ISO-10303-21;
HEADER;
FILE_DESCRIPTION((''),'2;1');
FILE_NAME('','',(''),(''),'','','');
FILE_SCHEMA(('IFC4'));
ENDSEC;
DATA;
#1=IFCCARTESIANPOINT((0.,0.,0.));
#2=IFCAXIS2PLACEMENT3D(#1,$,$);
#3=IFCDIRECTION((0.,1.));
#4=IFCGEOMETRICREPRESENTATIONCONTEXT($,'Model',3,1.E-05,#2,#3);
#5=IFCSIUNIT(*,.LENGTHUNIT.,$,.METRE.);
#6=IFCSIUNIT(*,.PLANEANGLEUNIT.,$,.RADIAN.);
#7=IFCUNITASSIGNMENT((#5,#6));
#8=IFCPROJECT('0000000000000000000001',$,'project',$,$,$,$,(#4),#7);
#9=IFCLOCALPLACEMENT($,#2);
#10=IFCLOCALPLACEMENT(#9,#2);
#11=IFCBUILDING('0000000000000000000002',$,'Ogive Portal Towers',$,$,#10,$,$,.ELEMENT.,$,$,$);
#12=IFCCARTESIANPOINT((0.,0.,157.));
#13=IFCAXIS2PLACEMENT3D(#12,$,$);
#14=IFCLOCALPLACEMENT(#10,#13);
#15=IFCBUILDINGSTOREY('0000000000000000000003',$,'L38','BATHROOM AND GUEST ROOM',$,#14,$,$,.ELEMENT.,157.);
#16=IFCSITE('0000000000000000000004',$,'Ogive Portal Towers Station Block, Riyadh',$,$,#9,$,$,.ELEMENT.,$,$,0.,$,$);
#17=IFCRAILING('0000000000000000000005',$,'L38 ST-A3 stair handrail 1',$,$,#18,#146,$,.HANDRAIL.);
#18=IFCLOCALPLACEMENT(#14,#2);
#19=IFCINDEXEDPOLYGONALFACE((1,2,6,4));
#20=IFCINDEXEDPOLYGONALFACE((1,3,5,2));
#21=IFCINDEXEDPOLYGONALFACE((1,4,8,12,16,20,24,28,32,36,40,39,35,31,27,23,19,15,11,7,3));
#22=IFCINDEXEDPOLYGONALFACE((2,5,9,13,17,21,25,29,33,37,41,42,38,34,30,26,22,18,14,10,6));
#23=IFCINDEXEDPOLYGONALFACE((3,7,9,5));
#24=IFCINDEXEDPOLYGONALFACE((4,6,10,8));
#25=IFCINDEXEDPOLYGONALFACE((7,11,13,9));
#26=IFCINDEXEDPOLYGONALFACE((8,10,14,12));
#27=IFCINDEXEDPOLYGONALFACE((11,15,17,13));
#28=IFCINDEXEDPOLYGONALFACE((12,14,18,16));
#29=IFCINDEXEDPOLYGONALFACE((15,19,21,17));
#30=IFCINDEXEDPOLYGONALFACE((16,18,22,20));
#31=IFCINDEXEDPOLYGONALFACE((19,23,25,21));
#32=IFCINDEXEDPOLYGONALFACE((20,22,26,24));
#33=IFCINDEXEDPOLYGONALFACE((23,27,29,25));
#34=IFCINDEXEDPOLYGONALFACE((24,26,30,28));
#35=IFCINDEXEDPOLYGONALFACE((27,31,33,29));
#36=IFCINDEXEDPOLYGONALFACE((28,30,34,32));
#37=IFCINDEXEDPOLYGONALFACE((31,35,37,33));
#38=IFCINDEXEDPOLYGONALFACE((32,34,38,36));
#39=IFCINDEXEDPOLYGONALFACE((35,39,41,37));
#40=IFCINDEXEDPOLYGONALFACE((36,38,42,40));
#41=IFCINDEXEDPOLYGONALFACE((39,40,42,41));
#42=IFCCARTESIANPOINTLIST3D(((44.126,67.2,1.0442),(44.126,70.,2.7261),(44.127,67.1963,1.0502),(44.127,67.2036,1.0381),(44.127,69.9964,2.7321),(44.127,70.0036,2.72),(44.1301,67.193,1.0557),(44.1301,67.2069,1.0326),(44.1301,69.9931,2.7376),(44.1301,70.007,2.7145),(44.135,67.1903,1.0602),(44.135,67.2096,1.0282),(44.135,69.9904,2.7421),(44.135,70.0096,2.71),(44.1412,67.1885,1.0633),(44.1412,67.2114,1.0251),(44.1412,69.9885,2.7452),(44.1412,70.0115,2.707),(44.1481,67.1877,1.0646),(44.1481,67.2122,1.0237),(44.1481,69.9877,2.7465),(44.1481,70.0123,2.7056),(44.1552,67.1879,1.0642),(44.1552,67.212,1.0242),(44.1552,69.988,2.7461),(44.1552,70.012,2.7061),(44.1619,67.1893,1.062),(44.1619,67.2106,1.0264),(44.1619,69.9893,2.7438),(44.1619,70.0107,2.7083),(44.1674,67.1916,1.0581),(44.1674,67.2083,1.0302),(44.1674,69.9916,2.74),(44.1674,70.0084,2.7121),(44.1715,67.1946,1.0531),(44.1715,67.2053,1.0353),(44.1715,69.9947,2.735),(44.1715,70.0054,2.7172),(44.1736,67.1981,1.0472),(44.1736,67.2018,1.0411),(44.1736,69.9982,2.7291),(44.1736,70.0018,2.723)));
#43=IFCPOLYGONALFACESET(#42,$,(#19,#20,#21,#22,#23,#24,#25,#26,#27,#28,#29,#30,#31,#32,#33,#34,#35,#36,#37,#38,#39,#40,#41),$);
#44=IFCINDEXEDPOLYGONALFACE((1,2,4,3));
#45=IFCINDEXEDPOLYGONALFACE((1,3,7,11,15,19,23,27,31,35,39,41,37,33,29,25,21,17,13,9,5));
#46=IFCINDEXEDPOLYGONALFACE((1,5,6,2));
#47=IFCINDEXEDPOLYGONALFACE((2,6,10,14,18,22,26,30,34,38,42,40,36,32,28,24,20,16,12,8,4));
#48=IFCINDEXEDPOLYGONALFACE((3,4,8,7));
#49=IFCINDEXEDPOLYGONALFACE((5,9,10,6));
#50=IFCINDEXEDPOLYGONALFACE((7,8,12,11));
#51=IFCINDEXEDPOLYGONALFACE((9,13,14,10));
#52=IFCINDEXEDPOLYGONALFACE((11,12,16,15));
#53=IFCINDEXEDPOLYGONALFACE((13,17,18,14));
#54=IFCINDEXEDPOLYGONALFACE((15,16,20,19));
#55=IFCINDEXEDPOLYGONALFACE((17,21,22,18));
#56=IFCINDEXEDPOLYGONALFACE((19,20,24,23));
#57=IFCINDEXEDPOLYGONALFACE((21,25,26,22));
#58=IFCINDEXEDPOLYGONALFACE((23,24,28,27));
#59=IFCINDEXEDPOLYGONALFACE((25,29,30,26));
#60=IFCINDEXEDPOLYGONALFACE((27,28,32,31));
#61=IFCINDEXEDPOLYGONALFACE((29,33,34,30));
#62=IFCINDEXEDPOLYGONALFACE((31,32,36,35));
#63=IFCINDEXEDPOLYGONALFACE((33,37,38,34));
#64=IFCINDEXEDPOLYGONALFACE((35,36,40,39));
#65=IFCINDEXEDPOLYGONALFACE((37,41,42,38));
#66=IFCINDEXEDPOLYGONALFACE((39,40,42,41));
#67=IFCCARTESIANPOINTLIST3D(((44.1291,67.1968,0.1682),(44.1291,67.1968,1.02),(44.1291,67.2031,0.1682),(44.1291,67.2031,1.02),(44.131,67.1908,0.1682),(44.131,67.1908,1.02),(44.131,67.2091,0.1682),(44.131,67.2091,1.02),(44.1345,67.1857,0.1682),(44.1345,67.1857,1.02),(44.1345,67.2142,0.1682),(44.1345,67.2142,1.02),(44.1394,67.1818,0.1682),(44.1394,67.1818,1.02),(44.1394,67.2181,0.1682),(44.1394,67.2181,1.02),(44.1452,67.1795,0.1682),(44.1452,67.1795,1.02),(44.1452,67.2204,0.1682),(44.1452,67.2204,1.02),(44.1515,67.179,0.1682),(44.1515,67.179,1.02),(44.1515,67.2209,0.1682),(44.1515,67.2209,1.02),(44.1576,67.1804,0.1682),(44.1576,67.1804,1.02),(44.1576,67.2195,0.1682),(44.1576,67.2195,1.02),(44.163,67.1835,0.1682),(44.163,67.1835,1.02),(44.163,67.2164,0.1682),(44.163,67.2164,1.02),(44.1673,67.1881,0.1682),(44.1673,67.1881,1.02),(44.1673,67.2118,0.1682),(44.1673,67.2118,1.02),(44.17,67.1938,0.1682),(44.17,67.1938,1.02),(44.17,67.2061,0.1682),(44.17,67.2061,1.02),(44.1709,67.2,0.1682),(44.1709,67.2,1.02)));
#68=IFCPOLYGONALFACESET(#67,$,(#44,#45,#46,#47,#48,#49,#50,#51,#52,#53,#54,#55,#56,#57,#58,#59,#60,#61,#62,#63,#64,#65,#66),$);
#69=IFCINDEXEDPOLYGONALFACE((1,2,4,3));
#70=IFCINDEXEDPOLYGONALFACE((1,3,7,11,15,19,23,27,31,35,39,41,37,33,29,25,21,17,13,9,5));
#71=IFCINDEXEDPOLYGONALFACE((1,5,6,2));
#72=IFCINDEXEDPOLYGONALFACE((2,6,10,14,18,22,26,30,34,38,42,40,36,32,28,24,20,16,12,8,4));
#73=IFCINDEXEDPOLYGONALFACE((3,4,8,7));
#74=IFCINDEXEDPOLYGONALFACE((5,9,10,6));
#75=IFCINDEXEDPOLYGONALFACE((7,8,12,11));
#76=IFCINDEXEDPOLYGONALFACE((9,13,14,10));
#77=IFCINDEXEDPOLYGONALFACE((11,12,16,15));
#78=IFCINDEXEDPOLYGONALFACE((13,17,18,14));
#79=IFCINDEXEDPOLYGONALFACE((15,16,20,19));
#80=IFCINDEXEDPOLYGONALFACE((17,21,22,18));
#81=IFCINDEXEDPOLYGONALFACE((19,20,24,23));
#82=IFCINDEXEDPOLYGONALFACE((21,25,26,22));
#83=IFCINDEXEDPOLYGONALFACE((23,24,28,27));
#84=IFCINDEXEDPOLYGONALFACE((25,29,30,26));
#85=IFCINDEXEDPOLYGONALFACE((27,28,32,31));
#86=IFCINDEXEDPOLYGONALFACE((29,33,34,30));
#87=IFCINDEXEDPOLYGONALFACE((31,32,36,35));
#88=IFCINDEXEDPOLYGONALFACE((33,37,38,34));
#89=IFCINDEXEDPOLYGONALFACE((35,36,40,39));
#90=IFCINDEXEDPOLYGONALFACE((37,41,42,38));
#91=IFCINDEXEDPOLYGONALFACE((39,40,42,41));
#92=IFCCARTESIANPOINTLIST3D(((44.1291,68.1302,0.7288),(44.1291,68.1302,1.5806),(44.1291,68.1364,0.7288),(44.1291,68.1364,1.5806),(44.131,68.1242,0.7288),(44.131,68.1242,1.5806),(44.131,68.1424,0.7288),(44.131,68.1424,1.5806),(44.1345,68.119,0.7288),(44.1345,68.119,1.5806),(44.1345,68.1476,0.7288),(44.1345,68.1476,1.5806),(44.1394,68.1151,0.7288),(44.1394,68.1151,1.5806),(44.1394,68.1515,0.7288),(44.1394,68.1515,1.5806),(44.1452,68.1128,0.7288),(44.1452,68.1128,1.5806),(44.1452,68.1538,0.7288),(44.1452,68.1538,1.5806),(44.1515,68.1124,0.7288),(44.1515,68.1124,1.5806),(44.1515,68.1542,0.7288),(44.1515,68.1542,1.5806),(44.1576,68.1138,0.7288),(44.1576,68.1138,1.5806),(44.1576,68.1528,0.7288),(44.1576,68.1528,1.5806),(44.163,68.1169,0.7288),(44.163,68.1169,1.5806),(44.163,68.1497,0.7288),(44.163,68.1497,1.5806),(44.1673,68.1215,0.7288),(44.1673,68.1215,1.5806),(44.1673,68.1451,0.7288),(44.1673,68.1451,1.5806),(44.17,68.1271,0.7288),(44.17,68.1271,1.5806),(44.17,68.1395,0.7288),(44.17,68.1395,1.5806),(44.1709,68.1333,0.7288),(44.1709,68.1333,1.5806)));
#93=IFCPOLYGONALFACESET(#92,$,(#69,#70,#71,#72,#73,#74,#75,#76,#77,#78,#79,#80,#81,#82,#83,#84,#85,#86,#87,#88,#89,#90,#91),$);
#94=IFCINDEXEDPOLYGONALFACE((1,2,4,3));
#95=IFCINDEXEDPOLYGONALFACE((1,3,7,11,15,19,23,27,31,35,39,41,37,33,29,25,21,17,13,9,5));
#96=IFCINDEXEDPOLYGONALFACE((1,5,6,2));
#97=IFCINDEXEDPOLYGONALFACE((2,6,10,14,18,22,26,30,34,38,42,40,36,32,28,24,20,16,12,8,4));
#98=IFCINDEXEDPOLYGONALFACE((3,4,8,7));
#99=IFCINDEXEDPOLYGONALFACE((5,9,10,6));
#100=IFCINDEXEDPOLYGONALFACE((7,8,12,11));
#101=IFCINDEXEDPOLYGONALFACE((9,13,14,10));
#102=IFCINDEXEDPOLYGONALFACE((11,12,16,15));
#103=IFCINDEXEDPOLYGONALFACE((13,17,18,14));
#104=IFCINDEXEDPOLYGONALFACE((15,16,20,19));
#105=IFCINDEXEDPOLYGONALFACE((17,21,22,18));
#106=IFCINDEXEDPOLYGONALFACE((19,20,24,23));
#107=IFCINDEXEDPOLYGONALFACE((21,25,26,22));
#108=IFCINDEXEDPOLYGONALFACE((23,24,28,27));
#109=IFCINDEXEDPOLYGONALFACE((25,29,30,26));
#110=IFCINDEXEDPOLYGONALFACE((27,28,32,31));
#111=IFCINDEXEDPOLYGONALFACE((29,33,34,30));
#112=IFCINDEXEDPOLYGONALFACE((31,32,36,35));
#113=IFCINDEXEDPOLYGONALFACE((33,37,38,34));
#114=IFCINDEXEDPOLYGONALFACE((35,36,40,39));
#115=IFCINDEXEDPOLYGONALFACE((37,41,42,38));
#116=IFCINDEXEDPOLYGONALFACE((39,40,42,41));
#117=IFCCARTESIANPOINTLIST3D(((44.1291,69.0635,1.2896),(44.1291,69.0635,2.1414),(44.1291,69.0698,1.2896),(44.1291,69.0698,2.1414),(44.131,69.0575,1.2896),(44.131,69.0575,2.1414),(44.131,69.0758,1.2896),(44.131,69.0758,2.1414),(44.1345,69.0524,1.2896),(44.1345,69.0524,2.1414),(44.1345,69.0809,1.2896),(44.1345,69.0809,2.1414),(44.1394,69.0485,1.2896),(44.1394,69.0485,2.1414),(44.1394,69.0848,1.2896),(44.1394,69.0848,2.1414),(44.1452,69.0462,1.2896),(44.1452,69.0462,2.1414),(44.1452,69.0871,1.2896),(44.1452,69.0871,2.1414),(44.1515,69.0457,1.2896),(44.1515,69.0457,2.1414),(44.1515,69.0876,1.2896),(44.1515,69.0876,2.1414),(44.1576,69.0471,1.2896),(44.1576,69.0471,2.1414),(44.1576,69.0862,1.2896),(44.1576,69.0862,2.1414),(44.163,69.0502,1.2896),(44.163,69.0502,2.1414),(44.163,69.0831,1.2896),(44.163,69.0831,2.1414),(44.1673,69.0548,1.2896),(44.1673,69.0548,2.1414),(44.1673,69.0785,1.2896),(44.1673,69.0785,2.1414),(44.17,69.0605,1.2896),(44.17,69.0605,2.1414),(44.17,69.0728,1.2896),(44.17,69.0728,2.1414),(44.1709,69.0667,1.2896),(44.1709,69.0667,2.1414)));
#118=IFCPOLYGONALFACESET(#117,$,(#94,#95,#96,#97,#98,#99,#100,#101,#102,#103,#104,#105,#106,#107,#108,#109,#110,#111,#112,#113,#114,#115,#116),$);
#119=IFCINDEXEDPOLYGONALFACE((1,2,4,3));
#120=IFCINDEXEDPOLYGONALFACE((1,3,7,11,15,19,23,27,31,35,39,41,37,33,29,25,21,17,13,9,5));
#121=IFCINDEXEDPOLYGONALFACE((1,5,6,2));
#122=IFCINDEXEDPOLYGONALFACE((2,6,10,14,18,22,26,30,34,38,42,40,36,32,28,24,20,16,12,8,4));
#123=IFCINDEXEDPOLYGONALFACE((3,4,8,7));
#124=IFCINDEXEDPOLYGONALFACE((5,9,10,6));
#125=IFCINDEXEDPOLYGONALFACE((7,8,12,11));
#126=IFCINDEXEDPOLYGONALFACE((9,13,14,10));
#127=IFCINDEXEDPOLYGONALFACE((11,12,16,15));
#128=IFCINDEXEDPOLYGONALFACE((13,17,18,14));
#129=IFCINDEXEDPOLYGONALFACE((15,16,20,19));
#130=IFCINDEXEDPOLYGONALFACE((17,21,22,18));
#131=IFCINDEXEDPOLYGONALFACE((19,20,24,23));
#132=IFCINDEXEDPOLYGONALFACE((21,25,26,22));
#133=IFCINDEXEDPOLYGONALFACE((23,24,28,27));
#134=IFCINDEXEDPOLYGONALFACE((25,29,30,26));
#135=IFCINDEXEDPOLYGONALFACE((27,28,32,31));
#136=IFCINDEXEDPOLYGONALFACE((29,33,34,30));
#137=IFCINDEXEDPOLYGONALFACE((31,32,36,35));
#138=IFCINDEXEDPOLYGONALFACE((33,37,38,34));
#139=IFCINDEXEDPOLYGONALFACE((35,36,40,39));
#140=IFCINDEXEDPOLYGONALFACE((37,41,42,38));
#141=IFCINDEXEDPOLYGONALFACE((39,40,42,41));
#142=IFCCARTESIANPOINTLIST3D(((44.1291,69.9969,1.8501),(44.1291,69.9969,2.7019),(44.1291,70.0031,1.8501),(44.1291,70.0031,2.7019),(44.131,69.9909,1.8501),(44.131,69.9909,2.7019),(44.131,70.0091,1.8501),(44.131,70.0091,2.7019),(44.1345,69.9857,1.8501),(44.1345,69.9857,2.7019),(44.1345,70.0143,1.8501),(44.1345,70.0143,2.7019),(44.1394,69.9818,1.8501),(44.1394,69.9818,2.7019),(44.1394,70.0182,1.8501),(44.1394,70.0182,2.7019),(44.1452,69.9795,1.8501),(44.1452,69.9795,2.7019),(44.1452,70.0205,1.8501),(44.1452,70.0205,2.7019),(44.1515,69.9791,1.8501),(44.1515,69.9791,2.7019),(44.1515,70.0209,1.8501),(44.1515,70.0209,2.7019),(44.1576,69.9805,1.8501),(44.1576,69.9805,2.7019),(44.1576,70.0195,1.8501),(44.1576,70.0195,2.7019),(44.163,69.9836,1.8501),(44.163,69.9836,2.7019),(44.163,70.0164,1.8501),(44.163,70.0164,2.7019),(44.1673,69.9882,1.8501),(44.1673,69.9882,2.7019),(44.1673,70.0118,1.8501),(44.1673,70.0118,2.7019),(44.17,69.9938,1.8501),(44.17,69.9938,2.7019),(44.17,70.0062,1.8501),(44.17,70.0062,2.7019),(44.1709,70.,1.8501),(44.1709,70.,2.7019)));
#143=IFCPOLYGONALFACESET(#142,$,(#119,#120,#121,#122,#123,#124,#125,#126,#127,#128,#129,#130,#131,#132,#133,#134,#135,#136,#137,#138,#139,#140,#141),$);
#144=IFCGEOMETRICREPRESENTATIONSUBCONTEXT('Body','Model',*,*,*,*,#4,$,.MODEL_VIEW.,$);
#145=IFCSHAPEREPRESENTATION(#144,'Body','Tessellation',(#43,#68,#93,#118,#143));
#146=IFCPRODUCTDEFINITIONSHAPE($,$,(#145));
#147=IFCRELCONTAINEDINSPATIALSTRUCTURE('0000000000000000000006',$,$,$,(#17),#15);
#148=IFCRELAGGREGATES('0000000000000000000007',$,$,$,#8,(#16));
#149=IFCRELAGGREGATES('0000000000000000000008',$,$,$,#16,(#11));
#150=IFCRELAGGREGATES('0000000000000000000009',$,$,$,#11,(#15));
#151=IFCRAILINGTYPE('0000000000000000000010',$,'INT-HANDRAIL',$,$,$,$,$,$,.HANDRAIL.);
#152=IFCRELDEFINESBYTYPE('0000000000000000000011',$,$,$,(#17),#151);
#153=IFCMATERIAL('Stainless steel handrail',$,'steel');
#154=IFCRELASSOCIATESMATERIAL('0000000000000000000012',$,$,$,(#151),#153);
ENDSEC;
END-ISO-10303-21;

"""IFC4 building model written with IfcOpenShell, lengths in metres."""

from ifc_helpers import new_model, si_unit, direction, frame, origin, origin_2d, place, context, subcontext, project, spatial, circle, extrude, material, type_object, element, save


model = new_model("IFC4")

# Units and contexts
model_context = context("Model", 3, precision=1e-05, world=origin(), true_north=direction((0.0, 1.0)))
body_context = subcontext(model_context, "Body", "Model", "MODEL_VIEW")
ifc_project = project(units=[si_unit("LENGTHUNIT", "METRE"), si_unit("PLANEANGLEUNIT", "RADIAN")], contexts=[model_context])

# Site, building, storey
site_placement = place(None, origin())
site = spatial("IfcSite", under=ifc_project, at=site_placement, Name="Ogive Portal Towers Station Block, Riyadh", CompositionType="ELEMENT", RefElevation=0.0)
building_placement = place(site_placement, origin())
building = spatial("IfcBuilding", under=site, at=building_placement, Name="Ogive Portal Towers", CompositionType="ELEMENT")
storey_placement = place(building_placement, frame((0.0, 0.0, 157.0)))
storey = spatial("IfcBuildingStorey", under=building, at=storey_placement, Name="L38", Description="BATHROOM AND GUEST ROOM", CompositionType="ELEMENT", Elevation=157.0)

# Railing
ifc_material_1 = material(Name="Stainless steel handrail", Category="steel")
railing_type_1 = type_object("IfcRailingType", Name="INT-HANDRAIL", PredefinedType="HANDRAIL", material=ifc_material_1)
railing_1_placement = place(storey_placement, frame((44.1499, 67.2, 0.1682)))
element("IfcRailing", 1, at=railing_1_placement, inside=storey, type_object=railing_type_1, Name="L38 ST-A3 stair handrail 1", PredefinedType="HANDRAIL", context=body_context, shape_type="SweptSolid", body=[
    extrude(circle(Radius=0.0239, at=origin_2d()), frame((0.0, 0.0, 0.876), z_axis=(0.0, 0.857242, 0.514913), x_axis=(-1.0, 0.0, 0.0)), (0.0, 0.0, 1.0), 3.2664),
    extrude(circle(Radius=0.021, at=origin_2d()), origin(), (0.0, 0.0, 1.0), 0.8518),
    extrude(circle(Radius=0.021, at=origin_2d()), frame((0.0, 0.9333, 0.5605)), (0.0, 0.0, 1.0), 0.8518),
    extrude(circle(Radius=0.021, at=origin_2d()), frame((0.0, 1.8667, 1.1213)), (0.0, 0.0, 1.0), 0.8518),
    extrude(circle(Radius=0.021, at=origin_2d()), frame((0.0, 2.8, 1.6819)), (0.0, 0.0, 1.0), 0.8518),
])

save(model, "model.ifc")
